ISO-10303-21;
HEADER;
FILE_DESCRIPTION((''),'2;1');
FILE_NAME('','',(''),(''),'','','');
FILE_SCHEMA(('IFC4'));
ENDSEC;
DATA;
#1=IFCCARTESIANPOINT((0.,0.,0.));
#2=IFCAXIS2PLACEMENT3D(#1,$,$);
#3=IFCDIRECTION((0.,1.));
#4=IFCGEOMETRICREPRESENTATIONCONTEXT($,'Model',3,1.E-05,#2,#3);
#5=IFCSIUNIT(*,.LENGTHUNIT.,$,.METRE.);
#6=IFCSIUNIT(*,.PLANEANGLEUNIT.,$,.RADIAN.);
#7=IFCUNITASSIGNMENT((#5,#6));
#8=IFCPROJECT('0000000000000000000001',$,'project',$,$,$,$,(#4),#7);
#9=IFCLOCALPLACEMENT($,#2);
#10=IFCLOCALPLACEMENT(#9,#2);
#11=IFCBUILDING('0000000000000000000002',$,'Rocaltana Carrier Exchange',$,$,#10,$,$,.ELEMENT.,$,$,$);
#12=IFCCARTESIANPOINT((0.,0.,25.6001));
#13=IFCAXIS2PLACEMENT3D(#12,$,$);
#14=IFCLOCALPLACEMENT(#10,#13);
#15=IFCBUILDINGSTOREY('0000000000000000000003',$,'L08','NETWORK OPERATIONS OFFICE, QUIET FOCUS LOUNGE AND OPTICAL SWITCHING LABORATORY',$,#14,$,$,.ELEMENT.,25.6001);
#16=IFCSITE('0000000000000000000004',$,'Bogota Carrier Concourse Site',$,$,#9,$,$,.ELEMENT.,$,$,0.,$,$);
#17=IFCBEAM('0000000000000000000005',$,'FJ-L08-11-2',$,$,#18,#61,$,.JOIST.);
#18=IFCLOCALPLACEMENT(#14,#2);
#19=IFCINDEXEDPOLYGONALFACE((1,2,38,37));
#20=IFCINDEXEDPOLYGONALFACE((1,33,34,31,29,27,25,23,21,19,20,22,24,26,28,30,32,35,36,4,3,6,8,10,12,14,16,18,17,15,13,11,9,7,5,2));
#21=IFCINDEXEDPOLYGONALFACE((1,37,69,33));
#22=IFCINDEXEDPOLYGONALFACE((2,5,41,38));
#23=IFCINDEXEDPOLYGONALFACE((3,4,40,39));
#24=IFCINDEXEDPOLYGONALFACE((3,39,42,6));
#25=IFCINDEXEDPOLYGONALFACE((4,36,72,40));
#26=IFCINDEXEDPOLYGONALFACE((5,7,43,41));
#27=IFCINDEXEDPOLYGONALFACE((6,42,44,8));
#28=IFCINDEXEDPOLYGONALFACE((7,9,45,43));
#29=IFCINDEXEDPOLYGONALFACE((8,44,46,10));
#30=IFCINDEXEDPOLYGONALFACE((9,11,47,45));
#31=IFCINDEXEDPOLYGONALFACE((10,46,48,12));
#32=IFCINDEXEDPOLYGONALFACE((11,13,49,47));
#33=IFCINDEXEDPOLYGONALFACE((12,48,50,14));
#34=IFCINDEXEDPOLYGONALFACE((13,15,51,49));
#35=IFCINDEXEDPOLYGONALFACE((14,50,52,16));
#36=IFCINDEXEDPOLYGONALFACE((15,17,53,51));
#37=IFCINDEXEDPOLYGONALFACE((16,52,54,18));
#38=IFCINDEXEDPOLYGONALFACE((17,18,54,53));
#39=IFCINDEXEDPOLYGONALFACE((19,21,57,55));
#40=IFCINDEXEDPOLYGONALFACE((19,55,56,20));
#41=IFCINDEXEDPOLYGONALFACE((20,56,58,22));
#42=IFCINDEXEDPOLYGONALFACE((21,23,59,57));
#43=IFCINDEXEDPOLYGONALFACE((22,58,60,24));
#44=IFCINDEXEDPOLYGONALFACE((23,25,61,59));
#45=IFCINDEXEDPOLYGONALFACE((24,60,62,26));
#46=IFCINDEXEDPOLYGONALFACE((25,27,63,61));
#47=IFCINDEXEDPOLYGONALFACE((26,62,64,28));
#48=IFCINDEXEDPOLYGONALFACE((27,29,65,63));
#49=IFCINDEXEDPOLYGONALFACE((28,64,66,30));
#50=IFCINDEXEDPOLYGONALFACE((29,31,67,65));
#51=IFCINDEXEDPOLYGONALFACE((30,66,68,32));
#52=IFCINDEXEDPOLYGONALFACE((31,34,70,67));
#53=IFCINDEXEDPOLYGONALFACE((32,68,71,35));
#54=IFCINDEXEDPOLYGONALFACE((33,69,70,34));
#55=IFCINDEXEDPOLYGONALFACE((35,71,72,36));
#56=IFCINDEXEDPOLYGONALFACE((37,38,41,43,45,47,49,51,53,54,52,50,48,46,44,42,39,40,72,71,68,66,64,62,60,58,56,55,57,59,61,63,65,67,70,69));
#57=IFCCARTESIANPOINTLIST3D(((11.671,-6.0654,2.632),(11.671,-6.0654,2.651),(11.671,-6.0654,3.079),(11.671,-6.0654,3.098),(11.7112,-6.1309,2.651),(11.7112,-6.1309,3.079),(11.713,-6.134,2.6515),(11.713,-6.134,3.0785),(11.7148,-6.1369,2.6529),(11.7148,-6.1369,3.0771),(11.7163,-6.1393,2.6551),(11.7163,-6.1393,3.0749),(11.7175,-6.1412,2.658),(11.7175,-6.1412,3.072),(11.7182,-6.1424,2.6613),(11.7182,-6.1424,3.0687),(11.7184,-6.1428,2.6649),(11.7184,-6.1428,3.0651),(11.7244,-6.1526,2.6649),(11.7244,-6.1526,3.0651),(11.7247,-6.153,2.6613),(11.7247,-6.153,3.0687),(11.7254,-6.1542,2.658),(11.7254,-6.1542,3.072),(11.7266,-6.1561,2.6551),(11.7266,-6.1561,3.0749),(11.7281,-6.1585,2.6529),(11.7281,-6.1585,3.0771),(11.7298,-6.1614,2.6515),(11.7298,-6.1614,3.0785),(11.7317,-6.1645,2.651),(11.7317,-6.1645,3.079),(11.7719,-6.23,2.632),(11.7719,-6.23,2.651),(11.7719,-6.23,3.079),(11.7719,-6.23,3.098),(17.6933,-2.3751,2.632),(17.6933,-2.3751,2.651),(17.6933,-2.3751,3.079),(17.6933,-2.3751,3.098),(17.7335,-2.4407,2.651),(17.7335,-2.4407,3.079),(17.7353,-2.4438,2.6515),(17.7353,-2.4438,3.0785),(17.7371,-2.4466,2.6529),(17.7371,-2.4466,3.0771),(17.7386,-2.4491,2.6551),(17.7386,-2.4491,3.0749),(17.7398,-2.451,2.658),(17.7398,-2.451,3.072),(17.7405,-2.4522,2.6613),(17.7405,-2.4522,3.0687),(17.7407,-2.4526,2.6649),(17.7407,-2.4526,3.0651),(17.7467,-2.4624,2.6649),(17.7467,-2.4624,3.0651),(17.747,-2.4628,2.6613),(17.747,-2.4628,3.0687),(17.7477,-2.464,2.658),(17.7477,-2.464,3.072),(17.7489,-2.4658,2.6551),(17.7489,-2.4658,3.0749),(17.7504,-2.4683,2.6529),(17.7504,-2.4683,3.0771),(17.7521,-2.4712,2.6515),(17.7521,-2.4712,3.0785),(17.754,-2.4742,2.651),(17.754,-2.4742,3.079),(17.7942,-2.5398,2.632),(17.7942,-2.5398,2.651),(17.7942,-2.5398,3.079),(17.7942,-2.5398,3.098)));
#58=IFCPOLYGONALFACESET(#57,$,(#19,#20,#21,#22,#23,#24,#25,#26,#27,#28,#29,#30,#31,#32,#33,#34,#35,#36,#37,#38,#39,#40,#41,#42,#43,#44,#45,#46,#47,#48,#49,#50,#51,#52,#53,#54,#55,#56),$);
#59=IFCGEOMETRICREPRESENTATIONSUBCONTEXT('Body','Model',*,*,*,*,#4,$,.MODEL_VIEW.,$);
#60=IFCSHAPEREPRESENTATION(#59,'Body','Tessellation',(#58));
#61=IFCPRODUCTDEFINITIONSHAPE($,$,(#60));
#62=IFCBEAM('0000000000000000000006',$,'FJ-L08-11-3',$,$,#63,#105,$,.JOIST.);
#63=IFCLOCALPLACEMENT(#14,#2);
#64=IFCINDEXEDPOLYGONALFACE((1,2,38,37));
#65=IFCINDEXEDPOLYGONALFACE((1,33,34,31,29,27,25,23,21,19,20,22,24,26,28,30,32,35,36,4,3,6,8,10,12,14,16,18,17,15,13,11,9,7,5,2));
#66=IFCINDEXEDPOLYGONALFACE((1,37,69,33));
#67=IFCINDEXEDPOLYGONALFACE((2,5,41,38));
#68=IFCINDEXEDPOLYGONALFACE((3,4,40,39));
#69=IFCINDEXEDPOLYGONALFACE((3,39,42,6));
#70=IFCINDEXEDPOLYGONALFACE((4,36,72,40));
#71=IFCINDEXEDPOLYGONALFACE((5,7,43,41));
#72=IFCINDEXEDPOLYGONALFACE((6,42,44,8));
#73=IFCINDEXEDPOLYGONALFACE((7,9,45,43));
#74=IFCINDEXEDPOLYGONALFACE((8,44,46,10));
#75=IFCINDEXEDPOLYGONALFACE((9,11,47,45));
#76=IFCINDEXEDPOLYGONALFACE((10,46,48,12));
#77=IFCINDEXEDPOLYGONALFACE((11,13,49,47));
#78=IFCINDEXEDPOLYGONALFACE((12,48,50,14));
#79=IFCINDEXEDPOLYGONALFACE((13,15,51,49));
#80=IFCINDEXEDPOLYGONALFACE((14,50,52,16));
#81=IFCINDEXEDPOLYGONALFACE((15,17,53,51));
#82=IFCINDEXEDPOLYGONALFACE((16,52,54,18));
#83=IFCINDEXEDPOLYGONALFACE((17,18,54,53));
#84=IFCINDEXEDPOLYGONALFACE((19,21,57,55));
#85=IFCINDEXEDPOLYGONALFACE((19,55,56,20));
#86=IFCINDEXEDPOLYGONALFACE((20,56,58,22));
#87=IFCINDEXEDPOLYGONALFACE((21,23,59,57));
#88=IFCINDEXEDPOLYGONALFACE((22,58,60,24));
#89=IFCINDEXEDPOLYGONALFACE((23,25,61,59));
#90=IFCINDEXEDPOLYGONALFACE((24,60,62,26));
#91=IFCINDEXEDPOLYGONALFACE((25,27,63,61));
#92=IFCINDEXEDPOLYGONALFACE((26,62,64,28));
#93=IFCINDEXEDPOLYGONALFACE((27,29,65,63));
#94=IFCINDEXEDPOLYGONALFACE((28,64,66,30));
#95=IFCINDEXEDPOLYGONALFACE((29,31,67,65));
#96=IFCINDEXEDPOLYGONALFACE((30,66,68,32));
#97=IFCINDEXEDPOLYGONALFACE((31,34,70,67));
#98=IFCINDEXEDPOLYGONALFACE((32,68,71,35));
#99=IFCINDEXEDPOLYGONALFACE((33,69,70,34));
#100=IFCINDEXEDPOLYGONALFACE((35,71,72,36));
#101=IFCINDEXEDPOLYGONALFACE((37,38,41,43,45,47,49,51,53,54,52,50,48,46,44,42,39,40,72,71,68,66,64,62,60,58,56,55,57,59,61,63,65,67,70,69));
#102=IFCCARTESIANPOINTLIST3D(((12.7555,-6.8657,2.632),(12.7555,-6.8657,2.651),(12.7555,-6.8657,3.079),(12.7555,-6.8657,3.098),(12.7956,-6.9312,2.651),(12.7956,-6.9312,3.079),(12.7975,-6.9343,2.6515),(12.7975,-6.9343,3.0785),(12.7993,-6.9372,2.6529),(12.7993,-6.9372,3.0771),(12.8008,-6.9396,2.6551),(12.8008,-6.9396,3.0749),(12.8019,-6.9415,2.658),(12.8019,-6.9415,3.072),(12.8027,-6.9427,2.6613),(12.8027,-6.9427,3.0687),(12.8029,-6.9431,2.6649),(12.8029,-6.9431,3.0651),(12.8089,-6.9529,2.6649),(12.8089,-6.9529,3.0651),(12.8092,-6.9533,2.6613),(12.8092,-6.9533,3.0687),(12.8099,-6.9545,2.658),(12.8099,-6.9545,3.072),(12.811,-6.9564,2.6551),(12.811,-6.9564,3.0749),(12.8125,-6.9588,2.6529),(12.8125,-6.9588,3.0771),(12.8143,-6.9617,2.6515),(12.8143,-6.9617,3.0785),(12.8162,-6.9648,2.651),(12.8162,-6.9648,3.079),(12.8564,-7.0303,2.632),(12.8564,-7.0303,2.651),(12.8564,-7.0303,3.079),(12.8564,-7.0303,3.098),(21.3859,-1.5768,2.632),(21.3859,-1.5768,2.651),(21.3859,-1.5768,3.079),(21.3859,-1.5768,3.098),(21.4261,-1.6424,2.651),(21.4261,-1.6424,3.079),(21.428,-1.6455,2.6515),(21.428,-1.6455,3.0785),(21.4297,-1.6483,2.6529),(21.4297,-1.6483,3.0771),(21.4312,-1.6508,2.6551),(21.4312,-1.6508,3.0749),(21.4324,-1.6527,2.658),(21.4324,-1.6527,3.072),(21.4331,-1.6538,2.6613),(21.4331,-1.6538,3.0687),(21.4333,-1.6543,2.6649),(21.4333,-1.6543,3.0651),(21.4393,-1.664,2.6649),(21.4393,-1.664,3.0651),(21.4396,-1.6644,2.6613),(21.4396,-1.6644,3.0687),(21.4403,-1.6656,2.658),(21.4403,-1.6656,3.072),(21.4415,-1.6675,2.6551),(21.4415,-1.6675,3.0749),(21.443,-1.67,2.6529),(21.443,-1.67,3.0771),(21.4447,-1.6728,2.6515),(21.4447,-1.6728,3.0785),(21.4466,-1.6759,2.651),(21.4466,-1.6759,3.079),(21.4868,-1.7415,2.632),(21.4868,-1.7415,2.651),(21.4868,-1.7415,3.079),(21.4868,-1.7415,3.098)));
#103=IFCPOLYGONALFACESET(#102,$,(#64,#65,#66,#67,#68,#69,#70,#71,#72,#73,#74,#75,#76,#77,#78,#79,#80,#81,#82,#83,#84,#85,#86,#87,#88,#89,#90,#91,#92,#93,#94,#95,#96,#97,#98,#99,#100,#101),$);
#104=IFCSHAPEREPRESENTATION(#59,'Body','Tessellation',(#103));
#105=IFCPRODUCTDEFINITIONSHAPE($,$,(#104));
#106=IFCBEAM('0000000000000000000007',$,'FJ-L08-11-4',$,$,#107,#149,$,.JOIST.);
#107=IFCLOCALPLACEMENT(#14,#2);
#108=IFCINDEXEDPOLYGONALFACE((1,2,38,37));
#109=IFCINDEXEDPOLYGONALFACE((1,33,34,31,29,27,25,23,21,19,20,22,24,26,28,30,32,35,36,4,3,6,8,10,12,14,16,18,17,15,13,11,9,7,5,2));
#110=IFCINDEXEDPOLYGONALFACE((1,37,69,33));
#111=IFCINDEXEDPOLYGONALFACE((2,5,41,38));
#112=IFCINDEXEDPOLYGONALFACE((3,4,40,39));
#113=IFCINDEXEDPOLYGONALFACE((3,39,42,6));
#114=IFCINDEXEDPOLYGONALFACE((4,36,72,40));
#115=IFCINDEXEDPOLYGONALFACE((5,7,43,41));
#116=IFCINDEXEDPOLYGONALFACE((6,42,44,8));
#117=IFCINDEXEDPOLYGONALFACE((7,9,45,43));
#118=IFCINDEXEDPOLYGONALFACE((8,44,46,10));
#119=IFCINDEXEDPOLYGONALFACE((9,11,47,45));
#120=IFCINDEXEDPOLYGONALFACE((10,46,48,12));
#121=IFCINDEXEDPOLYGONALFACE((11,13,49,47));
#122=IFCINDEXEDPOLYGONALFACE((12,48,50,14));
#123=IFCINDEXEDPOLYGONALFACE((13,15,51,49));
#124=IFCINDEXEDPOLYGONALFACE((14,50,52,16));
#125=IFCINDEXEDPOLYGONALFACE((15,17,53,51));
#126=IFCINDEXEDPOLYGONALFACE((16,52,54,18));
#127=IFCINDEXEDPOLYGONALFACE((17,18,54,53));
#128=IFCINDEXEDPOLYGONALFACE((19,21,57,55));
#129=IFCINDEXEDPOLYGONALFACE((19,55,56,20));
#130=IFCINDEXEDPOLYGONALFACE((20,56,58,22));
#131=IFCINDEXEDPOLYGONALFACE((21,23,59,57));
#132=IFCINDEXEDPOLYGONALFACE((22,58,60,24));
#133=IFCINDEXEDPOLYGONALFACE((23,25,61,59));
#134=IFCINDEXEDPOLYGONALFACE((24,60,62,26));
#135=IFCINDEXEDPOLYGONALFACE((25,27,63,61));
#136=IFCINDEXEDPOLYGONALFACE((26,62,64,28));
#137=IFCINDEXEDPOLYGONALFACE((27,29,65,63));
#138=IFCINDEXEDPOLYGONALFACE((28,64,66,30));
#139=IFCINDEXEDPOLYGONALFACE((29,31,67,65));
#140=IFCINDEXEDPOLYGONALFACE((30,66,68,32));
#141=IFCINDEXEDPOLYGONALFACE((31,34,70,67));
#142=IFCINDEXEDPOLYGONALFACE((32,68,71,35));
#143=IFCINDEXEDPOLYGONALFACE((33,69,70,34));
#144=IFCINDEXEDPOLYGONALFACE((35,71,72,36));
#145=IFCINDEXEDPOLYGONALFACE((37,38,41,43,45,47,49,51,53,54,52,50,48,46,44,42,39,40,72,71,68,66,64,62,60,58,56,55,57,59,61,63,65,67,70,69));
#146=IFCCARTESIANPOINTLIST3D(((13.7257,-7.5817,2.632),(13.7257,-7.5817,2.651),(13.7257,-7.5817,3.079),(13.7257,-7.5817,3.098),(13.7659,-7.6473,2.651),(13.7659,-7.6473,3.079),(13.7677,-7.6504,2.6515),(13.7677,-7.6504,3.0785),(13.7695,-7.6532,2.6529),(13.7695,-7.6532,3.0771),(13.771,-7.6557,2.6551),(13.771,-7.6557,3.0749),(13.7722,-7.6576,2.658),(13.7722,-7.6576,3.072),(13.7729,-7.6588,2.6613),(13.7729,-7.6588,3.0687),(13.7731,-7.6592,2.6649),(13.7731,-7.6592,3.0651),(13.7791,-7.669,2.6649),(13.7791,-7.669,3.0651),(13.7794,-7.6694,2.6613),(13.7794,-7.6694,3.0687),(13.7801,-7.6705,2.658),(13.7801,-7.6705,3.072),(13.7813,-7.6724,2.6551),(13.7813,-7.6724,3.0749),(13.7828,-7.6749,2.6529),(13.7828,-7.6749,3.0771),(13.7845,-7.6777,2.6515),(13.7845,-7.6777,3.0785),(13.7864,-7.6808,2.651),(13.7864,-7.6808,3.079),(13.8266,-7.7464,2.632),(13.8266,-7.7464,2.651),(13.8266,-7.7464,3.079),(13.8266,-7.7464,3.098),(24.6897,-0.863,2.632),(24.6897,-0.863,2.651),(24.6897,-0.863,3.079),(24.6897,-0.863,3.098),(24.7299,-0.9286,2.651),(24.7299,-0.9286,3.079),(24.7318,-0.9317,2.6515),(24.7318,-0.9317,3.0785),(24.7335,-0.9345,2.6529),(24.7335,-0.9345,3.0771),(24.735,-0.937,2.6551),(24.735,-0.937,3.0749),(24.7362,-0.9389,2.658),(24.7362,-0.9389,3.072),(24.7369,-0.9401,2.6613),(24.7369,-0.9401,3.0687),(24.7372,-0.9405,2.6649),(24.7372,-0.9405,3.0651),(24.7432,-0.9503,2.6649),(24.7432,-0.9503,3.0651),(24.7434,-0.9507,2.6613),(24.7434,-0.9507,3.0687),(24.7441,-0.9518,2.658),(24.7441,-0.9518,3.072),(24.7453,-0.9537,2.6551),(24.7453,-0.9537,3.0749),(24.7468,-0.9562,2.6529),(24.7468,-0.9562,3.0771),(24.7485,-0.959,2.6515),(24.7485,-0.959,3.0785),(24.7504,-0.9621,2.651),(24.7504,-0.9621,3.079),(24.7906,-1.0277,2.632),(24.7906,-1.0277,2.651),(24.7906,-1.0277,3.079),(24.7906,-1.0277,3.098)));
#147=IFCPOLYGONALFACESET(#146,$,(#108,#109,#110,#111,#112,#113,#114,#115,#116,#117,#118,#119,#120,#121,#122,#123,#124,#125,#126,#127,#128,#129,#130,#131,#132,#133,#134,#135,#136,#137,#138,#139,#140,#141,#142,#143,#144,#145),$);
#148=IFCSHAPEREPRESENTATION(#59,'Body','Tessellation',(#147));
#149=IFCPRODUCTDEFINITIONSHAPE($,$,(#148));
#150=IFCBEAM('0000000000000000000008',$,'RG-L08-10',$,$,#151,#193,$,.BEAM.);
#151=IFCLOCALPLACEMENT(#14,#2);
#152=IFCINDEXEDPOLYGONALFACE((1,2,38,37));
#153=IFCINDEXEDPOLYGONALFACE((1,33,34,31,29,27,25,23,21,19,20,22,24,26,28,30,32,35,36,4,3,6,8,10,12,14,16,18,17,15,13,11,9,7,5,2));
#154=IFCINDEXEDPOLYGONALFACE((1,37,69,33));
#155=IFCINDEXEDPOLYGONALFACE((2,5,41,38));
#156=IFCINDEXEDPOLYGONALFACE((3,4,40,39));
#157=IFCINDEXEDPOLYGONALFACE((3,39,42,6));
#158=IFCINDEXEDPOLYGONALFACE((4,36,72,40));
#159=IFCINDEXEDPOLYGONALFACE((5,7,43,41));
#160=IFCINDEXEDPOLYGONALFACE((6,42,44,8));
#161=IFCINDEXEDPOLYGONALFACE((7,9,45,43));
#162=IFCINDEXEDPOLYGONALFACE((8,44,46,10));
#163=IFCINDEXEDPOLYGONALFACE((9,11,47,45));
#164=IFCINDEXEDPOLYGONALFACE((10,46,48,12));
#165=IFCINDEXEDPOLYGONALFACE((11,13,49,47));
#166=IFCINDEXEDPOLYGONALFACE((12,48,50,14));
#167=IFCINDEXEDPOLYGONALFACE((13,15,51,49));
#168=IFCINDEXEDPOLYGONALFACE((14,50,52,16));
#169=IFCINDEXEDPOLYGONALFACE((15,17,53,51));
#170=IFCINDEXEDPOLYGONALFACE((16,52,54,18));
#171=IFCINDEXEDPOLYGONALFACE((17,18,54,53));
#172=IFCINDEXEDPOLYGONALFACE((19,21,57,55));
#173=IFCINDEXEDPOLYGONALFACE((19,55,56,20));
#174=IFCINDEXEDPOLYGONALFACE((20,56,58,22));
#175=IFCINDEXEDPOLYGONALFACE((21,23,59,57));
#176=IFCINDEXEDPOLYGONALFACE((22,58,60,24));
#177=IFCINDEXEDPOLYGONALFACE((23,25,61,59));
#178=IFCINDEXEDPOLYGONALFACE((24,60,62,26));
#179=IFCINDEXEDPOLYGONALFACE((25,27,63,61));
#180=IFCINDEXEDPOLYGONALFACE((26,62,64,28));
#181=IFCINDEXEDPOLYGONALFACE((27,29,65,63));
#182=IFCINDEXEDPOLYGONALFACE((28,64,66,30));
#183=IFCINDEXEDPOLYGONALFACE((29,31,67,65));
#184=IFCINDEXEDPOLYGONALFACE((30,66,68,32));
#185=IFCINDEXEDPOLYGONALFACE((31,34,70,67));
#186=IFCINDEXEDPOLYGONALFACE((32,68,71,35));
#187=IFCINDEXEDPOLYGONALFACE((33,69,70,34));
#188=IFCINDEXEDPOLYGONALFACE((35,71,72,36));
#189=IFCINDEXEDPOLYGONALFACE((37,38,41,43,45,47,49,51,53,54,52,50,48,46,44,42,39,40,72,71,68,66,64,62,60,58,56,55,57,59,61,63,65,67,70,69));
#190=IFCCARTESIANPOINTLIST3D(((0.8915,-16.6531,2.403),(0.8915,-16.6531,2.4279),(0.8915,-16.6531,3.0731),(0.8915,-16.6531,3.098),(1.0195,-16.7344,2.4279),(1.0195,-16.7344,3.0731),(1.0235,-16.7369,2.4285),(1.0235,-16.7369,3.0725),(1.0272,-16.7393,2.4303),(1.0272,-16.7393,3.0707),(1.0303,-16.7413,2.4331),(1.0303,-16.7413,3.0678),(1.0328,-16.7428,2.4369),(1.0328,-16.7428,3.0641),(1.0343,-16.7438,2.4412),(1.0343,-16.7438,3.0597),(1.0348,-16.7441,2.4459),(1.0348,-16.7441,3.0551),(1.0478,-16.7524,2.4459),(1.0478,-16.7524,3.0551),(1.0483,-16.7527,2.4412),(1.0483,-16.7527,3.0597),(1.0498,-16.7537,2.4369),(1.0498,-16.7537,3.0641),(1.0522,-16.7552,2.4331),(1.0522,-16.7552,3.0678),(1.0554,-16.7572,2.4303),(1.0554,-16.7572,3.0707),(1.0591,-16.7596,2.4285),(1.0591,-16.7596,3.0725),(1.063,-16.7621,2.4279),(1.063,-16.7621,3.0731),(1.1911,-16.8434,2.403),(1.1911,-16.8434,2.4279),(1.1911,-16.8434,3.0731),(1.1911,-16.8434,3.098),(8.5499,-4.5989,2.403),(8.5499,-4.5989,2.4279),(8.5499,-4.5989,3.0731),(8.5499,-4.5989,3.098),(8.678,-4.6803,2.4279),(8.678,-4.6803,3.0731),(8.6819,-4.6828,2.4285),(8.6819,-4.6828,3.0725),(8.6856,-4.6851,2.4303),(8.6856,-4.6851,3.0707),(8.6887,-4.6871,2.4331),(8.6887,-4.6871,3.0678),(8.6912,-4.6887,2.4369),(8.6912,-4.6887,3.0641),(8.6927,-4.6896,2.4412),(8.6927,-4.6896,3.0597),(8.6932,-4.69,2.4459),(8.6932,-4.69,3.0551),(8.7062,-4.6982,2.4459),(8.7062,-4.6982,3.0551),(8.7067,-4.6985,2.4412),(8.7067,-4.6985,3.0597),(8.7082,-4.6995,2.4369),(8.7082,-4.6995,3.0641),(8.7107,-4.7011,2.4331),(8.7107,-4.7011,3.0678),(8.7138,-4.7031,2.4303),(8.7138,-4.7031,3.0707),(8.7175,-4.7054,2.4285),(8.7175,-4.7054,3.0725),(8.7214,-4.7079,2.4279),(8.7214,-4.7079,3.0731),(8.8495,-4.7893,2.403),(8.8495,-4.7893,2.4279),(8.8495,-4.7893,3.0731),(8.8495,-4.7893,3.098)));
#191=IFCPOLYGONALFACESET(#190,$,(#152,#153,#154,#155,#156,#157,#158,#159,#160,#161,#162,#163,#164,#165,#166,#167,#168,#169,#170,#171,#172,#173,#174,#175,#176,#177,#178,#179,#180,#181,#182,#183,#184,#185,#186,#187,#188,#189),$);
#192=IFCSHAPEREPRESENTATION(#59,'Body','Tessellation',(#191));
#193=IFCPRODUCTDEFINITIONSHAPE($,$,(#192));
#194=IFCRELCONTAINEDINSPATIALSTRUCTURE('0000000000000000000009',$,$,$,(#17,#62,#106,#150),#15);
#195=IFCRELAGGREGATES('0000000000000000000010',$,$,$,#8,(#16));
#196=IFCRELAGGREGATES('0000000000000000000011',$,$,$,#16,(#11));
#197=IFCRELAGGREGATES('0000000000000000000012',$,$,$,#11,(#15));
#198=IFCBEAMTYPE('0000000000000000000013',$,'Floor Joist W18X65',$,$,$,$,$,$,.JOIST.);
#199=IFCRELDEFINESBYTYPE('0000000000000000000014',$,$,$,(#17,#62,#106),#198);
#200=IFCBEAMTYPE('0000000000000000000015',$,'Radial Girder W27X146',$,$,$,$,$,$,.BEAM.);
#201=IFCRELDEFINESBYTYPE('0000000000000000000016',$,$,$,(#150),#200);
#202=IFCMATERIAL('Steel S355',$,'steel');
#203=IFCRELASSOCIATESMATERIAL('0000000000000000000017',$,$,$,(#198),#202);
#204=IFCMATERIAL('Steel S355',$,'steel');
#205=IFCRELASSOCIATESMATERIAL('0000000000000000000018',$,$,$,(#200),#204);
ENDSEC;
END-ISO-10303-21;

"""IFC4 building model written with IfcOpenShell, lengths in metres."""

from ifc_helpers import new_model, si_unit, direction, frame, origin, origin_2d, place, context, subcontext, project, spatial, i_section, extrude, material, material_profile, profile_set, type_object, element, save


model = new_model("IFC4")

# Units and contexts
model_context = context("Model", 3, precision=1e-05, world=origin(), true_north=direction((0.0, 1.0)))
body_context = subcontext(model_context, "Body", "Model", "MODEL_VIEW")
ifc_project = project(units=[si_unit("LENGTHUNIT", "METRE"), si_unit("PLANEANGLEUNIT", "RADIAN")], contexts=[model_context])

# Site, building, storey
site_placement = place(None, origin())
site = spatial("IfcSite", under=ifc_project, at=site_placement, Name="Bogota Carrier Concourse Site", CompositionType="ELEMENT", RefElevation=0.0)
building_placement = place(site_placement, origin())
building = spatial("IfcBuilding", under=site, at=building_placement, Name="Rocaltana Carrier Exchange", CompositionType="ELEMENT")
storey_placement = place(building_placement, frame((0.0, 0.0, 25.6001)))
storey = spatial("IfcBuildingStorey", under=building, at=storey_placement, Name="L08", Description="NETWORK OPERATIONS OFFICE, QUIET FOCUS LOUNGE AND OPTICAL SWITCHING LABORATORY", CompositionType="ELEMENT", Elevation=25.6001)

# Beams
ifc_material_1 = material(Name="Steel S355", Category="steel")
ifc_material_profile_1 = material_profile(ifc_material_1, i_section(OverallWidth=0.1931, OverallDepth=0.4661, WebThickness=0.0115, FlangeThickness=0.019, FilletRadius=0.0139, at=origin_2d()), Name="W18X65")
ifc_profile_set_1 = profile_set([ifc_material_profile_1], Name="Steel S355")
beam_type_1 = type_object("IfcBeamType", Name="Floor Joist W18X65", PredefinedType="JOIST", material=ifc_profile_set_1)
beam_1_placement = place(storey_placement, frame((11.7214, -6.1477, 2.865), z_axis=(0.852655, 0.522475, 0.0), x_axis=(-0.522475, 0.852655, 0.0)))
element("IfcBeam", 1, at=beam_1_placement, inside=storey, type_object=beam_type_1, Name="FJ-L08-11-2", PredefinedType="JOIST", context=body_context, shape_type="SweptSolid", body=[
    extrude(i_section(OverallWidth=0.1931, OverallDepth=0.4661, WebThickness=0.0115, FlangeThickness=0.019, FilletRadius=0.0139, at=origin_2d()), origin(), (0.0, 0.0, 1.0), 7.063),
])
beam_2_placement = place(storey_placement, frame((12.8059, -6.948, 2.865), z_axis=(0.852635, 0.522507, 0.0), x_axis=(-0.522507, 0.852635, 0.0)))
element("IfcBeam", 2, at=beam_2_placement, inside=storey, type_object=beam_type_1, Name="FJ-L08-11-3", PredefinedType="JOIST", context=body_context, shape_type="SweptSolid", body=[
    extrude(i_section(OverallWidth=0.1931, OverallDepth=0.4661, WebThickness=0.0115, FlangeThickness=0.019, FilletRadius=0.0139, at=origin_2d()), origin(), (0.0, 0.0, 1.0), 10.1221),
])
beam_3_placement = place(storey_placement, frame((13.7761, -7.6641, 2.865), z_axis=(0.852642, 0.522495, 0.0), x_axis=(-0.522495, 0.852642, 0.0)))
element("IfcBeam", 3, at=beam_3_placement, inside=storey, type_object=beam_type_1, Name="FJ-L08-11-4", PredefinedType="JOIST", context=body_context, shape_type="SweptSolid", body=[
    extrude(i_section(OverallWidth=0.1931, OverallDepth=0.4661, WebThickness=0.0115, FlangeThickness=0.019, FilletRadius=0.0139, at=origin_2d()), origin(), (0.0, 0.0, 1.0), 12.8589),
])
ifc_material_2 = material(Name="Steel S355", Category="steel")
ifc_material_profile_2 = material_profile(ifc_material_2, i_section(OverallWidth=0.355, OverallDepth=0.6951, WebThickness=0.0154, FlangeThickness=0.0249, FilletRadius=0.0181, at=origin_2d()), Name="W27X146")
ifc_profile_set_2 = profile_set([ifc_material_profile_2], Name="Steel S355")
beam_type_2 = type_object("IfcBeamType", Name="Radial Girder W27X146", PredefinedType="BEAM", material=ifc_profile_set_2)
beam_4_placement = place(storey_placement, frame((8.6997, -4.6941, 2.7505), z_axis=(-0.536257, -0.844055, 0.0), x_axis=(0.844055, -0.536257, 0.0)))
element("IfcBeam", 4, at=beam_4_placement, inside=storey, type_object=beam_type_2, Name="RG-L08-10", PredefinedType="BEAM", context=body_context, shape_type="SweptSolid", body=[
    extrude(i_section(OverallWidth=0.355, OverallDepth=0.6951, WebThickness=0.0154, FlangeThickness=0.0249, FilletRadius=0.0181, at=origin_2d()), origin(), (0.0, 0.0, 1.0), 14.2812),
])

save(model, "model.ifc")
